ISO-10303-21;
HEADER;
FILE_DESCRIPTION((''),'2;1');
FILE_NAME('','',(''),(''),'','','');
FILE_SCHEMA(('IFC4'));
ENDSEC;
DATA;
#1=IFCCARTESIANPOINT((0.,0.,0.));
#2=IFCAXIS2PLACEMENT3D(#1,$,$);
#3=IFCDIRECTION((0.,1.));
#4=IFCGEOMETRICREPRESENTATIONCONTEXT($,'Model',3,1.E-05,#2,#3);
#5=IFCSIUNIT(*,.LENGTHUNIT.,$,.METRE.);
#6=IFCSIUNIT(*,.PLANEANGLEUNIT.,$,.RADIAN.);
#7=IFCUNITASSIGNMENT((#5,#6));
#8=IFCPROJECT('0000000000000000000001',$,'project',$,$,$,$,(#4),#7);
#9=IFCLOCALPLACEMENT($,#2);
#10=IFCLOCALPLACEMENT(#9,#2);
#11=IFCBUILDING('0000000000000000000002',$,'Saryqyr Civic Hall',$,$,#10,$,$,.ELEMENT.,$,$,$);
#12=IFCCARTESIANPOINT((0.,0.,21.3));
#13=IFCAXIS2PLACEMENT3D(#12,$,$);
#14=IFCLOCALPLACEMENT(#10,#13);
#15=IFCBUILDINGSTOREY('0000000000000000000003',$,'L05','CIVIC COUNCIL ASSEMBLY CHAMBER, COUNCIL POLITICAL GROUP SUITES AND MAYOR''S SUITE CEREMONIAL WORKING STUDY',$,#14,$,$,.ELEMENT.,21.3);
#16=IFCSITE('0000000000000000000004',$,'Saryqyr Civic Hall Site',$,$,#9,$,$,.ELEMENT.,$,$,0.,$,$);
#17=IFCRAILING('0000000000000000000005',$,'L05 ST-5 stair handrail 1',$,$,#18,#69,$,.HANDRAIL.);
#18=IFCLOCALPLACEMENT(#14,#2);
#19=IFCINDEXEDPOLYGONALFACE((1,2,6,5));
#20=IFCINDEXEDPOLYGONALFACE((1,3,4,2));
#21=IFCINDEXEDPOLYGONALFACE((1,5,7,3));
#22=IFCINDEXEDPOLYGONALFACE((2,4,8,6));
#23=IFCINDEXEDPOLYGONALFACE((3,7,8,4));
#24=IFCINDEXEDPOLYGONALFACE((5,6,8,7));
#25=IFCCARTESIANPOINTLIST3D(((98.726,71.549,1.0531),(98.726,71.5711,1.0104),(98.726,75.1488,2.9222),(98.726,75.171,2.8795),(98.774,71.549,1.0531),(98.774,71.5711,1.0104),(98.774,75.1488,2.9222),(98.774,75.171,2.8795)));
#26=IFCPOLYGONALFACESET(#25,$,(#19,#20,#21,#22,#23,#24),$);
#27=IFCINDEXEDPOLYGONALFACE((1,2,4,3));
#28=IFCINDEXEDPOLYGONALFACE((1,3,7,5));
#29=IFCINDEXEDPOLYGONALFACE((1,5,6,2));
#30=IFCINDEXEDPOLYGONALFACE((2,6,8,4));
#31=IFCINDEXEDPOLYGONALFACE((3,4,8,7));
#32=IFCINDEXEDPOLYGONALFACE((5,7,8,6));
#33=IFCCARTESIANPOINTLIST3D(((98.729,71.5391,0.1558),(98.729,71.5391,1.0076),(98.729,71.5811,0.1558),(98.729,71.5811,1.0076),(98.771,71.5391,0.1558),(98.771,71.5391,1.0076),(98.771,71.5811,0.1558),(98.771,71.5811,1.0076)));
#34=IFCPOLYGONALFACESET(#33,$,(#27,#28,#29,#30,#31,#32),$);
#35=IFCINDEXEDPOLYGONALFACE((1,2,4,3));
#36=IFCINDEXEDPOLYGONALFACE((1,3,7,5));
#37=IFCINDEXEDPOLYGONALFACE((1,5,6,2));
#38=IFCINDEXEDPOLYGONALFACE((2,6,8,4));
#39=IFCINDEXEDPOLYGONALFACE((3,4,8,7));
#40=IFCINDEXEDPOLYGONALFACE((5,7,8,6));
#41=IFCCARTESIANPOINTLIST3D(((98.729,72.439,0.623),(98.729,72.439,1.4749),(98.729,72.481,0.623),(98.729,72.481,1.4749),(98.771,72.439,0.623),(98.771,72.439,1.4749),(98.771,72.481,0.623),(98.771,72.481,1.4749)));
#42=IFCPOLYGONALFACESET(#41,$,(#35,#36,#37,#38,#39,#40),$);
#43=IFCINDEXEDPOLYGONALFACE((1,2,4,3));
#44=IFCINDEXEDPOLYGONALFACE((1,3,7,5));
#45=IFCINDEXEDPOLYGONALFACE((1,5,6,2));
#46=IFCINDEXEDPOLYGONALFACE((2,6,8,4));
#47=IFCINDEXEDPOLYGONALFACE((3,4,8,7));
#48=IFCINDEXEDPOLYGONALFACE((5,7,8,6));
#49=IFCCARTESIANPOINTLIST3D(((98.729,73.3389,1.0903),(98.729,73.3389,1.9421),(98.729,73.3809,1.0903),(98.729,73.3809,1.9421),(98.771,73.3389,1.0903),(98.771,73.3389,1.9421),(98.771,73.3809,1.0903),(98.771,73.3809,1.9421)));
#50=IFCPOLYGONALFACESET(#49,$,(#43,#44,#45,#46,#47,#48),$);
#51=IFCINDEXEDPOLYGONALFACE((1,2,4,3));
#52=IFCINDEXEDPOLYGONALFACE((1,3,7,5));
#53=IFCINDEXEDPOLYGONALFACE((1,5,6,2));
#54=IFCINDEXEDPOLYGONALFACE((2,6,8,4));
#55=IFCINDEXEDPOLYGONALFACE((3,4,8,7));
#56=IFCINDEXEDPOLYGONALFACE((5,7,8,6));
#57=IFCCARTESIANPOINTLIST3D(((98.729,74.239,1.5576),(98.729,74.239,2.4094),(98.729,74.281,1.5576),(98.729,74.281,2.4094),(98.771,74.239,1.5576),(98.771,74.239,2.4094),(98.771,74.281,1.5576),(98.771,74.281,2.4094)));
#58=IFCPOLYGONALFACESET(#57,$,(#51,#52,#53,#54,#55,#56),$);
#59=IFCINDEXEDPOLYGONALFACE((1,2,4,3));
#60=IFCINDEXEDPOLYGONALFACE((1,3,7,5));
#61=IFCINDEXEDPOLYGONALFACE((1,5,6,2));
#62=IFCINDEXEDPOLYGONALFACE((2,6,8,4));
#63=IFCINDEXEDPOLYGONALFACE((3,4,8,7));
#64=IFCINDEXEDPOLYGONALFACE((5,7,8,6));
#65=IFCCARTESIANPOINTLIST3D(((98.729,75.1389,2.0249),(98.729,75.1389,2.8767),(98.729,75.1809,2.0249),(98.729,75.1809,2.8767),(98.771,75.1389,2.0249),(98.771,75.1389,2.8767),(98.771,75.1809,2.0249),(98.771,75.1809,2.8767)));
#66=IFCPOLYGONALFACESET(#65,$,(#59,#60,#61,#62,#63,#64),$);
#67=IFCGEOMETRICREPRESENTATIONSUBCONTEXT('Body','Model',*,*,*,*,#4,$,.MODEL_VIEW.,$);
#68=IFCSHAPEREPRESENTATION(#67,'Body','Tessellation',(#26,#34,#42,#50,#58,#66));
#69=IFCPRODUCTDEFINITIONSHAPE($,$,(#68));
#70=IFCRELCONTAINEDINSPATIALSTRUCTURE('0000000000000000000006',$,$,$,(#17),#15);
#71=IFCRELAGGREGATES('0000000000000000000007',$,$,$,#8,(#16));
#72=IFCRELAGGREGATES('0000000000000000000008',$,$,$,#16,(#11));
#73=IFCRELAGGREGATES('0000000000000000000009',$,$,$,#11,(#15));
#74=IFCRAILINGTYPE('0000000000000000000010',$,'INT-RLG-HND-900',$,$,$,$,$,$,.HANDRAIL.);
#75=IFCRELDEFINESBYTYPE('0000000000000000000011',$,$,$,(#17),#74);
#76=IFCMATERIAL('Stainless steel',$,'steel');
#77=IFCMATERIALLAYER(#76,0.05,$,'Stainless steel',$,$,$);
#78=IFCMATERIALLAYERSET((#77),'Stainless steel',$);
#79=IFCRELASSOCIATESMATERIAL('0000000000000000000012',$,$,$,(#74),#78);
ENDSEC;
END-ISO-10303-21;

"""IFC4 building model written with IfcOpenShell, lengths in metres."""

from ifc_helpers import new_model, si_unit, direction, frame, origin, origin_2d, place, context, subcontext, project, spatial, rectangle, extrude, material, layer, layer_set, type_object, element, save


model = new_model("IFC4")

# Units and contexts
model_context = context("Model", 3, precision=1e-05, world=origin(), true_north=direction((0.0, 1.0)))
body_context = subcontext(model_context, "Body", "Model", "MODEL_VIEW")
ifc_project = project(units=[si_unit("LENGTHUNIT", "METRE"), si_unit("PLANEANGLEUNIT", "RADIAN")], contexts=[model_context])

# Site, building, storey
site_placement = place(None, origin())
site = spatial("IfcSite", under=ifc_project, at=site_placement, Name="Saryqyr Civic Hall Site", CompositionType="ELEMENT", RefElevation=0.0)
building_placement = place(site_placement, origin())
building = spatial("IfcBuilding", under=site, at=building_placement, Name="Saryqyr Civic Hall", CompositionType="ELEMENT")
storey_placement = place(building_placement, frame((0.0, 0.0, 21.3)))
storey = spatial("IfcBuildingStorey", under=building, at=storey_placement, Name="L05", Description="CIVIC COUNCIL ASSEMBLY CHAMBER, COUNCIL POLITICAL GROUP SUITES AND MAYOR'S SUITE CEREMONIAL WORKING STUDY", CompositionType="ELEMENT", Elevation=21.3)

# Railing
ifc_material_1 = material(Name="Stainless steel", Category="steel")
ifc_layer_1 = layer(ifc_material_1, 0.05, Name="Stainless steel")
ifc_layer_set_1 = layer_set([ifc_layer_1], Name="Stainless steel")
railing_type_1 = type_object("IfcRailingType", Name="INT-RLG-HND-900", PredefinedType="HANDRAIL", material=ifc_layer_set_1)
railing_1_placement = place(storey_placement, frame((98.75, 71.5601, 0.1558)))
element("IfcRailing", 1, at=railing_1_placement, inside=storey, type_object=railing_type_1, Name="L05 ST-5 stair handrail 1", PredefinedType="HANDRAIL", context=body_context, shape_type="SweptSolid", body=[
    extrude(rectangle(XDim=0.0481, YDim=0.0481, at=origin_2d()), frame((0.0, 0.0, 0.876), z_axis=(0.0, 0.887497, 0.460813), x_axis=(-1.0, 0.0, 0.0)), (0.0, 0.0, 1.0), 4.0562),
    extrude(rectangle(XDim=0.042, YDim=0.042, at=origin_2d()), origin(), (0.0, 0.0, 1.0), 0.8518),
    extrude(rectangle(XDim=0.042, YDim=0.042, at=origin_2d()), frame((0.0, 0.8999, 0.4673)), (0.0, 0.0, 1.0), 0.8518),
    extrude(rectangle(XDim=0.042, YDim=0.042, at=origin_2d()), frame((0.0, 1.7998, 0.9346)), (0.0, 0.0, 1.0), 0.8518),
    extrude(rectangle(XDim=0.042, YDim=0.042, at=origin_2d()), frame((0.0, 2.7, 1.4019)), (0.0, 0.0, 1.0), 0.8518),
    extrude(rectangle(XDim=0.042, YDim=0.042, at=origin_2d()), frame((0.0, 3.5999, 1.8691)), (0.0, 0.0, 1.0), 0.8518),
])

save(model, "model.ifc")
